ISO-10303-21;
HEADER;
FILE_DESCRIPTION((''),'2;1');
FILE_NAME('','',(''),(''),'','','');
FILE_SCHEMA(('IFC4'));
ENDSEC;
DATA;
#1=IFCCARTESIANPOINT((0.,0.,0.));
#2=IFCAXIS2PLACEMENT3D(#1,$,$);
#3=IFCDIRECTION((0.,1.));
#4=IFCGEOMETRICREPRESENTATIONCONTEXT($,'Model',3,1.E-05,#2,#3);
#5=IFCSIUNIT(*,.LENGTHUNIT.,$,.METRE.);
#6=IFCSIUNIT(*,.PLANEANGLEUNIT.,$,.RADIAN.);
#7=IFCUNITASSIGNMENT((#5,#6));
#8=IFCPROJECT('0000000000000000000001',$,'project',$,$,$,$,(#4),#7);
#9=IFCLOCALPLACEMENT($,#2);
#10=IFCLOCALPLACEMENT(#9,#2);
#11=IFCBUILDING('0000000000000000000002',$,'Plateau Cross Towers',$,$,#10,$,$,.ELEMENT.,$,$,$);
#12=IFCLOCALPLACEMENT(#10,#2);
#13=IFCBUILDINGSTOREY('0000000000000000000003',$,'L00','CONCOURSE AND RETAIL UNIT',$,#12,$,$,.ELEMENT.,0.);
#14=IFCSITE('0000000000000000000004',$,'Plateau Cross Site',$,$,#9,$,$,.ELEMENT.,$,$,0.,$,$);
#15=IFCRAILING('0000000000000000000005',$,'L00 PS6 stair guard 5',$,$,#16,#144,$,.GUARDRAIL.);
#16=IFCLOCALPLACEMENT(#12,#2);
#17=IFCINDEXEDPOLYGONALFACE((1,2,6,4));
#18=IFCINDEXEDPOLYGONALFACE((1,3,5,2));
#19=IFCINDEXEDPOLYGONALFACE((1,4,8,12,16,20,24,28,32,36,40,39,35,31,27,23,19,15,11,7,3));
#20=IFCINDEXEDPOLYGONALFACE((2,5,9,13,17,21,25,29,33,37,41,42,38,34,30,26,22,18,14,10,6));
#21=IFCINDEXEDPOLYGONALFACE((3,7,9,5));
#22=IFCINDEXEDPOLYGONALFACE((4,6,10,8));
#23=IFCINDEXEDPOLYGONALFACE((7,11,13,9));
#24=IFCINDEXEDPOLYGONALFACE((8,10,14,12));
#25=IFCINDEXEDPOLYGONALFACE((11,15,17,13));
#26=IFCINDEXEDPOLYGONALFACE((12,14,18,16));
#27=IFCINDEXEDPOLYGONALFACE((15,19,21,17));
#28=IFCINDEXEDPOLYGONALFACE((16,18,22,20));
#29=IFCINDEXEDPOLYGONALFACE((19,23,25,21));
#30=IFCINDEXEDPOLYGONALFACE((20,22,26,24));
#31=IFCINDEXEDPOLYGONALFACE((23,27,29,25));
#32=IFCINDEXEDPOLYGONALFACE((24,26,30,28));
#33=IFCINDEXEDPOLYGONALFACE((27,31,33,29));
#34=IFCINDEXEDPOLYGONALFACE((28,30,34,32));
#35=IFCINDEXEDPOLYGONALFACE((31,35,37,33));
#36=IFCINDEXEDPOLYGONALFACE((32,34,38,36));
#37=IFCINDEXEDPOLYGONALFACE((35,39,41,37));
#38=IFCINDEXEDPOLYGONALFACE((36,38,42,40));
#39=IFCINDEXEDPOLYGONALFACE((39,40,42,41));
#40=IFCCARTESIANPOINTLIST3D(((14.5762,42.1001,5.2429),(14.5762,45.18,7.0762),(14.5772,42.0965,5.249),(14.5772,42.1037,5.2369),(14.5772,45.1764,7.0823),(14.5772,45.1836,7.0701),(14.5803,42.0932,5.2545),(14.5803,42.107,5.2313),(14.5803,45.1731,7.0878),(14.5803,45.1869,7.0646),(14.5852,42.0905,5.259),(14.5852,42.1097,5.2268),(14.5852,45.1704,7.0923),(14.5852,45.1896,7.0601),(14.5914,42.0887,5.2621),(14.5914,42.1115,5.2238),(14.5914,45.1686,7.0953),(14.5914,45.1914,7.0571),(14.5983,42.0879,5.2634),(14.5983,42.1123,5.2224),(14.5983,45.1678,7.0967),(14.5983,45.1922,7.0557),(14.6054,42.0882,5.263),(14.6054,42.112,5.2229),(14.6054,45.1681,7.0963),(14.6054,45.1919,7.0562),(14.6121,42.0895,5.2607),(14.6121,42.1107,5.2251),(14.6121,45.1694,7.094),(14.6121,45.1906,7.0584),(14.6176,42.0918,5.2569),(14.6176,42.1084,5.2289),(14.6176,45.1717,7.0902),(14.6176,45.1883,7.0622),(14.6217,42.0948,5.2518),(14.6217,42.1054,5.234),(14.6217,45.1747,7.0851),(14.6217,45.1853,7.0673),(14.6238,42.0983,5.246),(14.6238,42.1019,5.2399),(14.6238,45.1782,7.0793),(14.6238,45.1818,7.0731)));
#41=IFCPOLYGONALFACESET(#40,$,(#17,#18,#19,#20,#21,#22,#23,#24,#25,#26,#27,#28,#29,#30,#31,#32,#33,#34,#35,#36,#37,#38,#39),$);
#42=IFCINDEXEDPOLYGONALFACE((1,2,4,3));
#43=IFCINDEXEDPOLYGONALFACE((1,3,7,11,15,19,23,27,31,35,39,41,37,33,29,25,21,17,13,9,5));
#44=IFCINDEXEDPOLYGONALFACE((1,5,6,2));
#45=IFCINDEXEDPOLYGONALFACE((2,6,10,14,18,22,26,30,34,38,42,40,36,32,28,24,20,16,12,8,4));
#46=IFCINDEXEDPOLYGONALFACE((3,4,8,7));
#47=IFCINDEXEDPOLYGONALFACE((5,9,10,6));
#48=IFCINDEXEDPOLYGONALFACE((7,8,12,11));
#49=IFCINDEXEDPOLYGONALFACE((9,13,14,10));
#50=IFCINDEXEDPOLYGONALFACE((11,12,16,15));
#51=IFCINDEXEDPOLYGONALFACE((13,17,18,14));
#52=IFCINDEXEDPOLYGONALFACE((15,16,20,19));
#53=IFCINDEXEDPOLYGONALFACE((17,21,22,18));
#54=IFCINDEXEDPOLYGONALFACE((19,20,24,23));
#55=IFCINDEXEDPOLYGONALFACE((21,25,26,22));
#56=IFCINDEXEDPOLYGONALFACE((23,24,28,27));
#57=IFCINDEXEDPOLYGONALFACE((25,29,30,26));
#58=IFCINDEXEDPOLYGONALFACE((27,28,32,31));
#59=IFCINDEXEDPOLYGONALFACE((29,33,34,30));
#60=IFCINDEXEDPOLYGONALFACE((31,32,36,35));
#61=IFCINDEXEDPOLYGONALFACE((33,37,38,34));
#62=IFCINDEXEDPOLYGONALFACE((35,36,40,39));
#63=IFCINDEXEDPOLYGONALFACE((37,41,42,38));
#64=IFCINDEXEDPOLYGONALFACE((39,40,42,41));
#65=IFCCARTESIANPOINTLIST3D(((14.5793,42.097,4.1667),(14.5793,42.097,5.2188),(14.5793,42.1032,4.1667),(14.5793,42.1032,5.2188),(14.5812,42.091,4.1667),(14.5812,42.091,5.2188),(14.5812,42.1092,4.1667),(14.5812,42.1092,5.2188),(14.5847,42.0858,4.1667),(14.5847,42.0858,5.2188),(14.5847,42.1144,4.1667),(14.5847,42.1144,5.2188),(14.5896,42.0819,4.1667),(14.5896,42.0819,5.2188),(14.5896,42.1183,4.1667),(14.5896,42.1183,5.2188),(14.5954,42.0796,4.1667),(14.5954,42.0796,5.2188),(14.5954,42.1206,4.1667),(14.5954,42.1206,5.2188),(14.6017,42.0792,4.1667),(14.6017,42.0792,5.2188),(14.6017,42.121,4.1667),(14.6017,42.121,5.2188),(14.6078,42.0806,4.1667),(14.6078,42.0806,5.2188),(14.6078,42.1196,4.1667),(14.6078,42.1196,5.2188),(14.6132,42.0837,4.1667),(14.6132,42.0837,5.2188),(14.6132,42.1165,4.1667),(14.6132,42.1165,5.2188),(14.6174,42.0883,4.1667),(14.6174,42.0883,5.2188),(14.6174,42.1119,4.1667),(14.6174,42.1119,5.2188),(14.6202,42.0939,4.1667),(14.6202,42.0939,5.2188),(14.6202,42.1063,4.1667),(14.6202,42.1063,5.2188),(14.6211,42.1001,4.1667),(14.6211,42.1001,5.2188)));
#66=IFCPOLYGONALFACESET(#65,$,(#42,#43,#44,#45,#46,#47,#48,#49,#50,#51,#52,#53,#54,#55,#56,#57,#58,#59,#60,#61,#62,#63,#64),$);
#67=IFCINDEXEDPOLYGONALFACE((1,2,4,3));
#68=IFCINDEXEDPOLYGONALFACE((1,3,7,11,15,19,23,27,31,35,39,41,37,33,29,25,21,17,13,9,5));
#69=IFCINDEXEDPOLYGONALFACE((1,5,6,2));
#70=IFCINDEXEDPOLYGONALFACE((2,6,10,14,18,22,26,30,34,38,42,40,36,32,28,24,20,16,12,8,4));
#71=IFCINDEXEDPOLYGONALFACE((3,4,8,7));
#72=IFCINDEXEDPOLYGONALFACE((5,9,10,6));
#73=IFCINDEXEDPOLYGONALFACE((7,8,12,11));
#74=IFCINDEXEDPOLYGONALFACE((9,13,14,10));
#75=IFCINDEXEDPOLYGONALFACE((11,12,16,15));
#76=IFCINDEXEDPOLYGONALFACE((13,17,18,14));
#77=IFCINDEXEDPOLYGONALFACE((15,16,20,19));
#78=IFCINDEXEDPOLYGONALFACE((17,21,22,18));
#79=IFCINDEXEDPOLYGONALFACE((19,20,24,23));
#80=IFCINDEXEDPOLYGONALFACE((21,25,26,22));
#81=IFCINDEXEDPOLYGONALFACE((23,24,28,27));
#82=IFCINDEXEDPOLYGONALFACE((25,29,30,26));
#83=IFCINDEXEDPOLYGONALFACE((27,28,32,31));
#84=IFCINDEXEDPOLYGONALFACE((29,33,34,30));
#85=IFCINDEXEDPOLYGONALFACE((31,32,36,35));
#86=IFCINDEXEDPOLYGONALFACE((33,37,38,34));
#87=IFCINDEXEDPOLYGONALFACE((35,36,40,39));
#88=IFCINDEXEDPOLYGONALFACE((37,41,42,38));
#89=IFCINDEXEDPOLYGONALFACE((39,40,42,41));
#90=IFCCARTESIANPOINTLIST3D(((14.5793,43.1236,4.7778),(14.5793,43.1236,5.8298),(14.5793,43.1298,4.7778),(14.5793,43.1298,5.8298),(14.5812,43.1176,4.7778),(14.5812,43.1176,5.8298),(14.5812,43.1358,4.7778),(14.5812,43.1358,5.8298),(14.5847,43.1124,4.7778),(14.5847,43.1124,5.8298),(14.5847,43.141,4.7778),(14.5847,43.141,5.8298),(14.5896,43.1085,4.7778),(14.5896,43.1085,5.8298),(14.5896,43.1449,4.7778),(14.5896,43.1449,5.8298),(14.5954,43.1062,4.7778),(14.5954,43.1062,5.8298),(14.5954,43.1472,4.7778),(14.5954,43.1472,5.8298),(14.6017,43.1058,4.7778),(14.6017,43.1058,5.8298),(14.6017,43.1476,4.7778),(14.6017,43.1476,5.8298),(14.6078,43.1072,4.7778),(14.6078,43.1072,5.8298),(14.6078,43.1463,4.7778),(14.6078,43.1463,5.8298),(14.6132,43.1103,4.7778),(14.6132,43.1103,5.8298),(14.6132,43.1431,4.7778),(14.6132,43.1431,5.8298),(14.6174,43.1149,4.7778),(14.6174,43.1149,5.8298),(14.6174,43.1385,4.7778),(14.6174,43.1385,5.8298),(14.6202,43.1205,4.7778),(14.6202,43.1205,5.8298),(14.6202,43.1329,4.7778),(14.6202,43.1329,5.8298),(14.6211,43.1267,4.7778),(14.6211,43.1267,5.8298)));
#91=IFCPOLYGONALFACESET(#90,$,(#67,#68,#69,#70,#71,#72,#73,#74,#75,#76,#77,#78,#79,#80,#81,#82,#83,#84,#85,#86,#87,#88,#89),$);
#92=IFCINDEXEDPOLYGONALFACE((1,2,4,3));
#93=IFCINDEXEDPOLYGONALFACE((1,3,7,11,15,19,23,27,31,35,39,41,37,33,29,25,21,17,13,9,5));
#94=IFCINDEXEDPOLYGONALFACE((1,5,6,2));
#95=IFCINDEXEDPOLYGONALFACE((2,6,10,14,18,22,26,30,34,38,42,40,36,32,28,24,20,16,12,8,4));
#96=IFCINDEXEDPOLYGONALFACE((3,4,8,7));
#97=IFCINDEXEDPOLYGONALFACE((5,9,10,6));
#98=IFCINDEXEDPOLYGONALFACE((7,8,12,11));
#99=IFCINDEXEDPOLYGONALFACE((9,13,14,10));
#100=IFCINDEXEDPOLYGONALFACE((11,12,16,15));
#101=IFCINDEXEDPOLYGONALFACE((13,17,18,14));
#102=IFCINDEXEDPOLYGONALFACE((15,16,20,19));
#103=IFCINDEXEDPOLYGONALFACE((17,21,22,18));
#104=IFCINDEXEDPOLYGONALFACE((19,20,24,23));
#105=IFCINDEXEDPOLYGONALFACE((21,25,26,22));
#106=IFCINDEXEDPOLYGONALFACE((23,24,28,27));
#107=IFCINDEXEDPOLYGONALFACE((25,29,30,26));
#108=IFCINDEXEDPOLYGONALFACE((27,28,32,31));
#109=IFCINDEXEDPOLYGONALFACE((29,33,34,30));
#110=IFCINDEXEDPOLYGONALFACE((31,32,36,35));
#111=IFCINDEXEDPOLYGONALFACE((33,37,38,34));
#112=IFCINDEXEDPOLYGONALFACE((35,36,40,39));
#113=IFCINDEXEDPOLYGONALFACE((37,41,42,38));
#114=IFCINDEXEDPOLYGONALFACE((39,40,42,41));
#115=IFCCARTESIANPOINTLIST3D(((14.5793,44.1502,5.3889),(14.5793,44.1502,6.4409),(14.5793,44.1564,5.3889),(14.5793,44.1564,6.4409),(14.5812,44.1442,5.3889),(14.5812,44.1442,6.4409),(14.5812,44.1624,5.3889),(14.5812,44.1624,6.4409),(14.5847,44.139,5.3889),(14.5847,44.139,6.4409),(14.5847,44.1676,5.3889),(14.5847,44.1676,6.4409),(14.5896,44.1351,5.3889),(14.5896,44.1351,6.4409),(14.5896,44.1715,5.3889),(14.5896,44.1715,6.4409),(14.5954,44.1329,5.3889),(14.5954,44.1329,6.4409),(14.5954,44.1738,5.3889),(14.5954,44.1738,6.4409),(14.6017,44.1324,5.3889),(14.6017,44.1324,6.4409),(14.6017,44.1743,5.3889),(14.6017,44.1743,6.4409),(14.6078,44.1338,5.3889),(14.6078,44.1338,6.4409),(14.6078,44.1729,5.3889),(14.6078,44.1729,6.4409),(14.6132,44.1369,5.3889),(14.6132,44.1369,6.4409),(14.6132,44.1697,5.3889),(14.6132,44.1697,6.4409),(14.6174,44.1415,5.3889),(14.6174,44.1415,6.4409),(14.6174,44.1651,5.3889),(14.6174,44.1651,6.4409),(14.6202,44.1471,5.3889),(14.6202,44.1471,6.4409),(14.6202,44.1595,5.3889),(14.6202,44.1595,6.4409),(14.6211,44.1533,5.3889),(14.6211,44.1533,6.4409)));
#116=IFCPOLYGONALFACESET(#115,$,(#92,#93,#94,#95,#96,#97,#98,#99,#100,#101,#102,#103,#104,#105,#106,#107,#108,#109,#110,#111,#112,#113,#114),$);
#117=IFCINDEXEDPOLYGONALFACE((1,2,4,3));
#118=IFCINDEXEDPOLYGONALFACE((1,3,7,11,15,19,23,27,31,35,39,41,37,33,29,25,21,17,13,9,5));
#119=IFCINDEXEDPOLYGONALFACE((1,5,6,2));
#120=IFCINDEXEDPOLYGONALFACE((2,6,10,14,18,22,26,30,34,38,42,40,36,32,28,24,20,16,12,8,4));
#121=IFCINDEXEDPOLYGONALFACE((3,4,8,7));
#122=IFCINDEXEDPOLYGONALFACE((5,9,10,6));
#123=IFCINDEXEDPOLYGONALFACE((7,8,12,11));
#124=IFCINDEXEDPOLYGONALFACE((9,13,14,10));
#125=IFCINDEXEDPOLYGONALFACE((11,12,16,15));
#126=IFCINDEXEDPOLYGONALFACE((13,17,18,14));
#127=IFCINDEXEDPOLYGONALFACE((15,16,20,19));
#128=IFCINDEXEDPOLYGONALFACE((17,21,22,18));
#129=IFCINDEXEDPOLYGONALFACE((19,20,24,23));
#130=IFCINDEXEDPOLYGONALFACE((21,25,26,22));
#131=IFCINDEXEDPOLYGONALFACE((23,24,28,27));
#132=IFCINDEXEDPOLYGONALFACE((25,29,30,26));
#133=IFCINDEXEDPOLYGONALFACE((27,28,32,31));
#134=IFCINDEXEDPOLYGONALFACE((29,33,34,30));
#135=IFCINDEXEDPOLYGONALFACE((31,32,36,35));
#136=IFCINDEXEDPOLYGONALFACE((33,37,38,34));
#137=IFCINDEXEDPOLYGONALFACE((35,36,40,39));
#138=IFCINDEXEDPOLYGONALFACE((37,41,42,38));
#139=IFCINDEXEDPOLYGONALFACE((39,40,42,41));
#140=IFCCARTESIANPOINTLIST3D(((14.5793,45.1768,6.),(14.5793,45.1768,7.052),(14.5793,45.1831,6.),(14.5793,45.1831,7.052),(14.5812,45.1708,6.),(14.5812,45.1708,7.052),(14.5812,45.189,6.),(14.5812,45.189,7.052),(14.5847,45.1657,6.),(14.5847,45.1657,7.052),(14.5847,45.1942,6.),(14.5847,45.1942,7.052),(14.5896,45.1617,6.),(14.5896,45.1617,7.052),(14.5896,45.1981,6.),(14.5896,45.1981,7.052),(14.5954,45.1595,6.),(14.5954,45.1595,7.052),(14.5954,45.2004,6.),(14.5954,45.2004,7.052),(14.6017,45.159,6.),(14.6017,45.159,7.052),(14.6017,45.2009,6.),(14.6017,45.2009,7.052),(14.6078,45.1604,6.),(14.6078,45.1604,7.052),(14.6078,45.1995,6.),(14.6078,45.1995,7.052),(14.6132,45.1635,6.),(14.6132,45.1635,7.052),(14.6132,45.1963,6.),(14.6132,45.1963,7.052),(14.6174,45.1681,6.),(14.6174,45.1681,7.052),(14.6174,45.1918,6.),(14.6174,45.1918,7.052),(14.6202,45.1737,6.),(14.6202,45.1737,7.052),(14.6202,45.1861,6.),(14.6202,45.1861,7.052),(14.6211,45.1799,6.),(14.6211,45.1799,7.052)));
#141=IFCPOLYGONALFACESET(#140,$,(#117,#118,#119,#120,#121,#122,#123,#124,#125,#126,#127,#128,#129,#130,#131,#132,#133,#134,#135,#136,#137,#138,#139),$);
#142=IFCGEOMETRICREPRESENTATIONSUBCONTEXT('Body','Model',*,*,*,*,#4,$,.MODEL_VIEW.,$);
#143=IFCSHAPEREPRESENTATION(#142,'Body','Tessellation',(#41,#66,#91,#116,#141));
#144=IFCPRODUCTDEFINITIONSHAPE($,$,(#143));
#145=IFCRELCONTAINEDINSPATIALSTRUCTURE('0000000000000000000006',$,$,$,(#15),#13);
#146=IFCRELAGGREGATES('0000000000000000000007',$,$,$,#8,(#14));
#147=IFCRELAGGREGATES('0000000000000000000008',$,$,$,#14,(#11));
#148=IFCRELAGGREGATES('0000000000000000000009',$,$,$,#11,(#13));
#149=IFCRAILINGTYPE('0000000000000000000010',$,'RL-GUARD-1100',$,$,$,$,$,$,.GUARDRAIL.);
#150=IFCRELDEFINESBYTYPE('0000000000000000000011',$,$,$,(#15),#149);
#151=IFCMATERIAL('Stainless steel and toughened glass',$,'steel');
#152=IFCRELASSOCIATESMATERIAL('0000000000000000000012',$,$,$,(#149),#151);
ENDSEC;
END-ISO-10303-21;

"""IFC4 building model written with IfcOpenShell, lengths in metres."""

from ifc_helpers import new_model, si_unit, direction, frame, origin, origin_2d, place, context, subcontext, project, spatial, circle, extrude, material, type_object, element, save


model = new_model("IFC4")

# Units and contexts
model_context = context("Model", 3, precision=1e-05, world=origin(), true_north=direction((0.0, 1.0)))
body_context = subcontext(model_context, "Body", "Model", "MODEL_VIEW")
ifc_project = project(units=[si_unit("LENGTHUNIT", "METRE"), si_unit("PLANEANGLEUNIT", "RADIAN")], contexts=[model_context])

# Site, building, storey
site_placement = place(None, origin())
site = spatial("IfcSite", under=ifc_project, at=site_placement, Name="Plateau Cross Site", CompositionType="ELEMENT", RefElevation=0.0)
building_placement = place(site_placement, origin())
building = spatial("IfcBuilding", under=site, at=building_placement, Name="Plateau Cross Towers", CompositionType="ELEMENT")
storey_placement = place(building_placement, origin())
storey = spatial("IfcBuildingStorey", under=building, at=storey_placement, Name="L00", Description="CONCOURSE AND RETAIL UNIT", CompositionType="ELEMENT", Elevation=0.0)

# Railing
ifc_material_1 = material(Name="Stainless steel and toughened glass", Category="steel")
railing_type_1 = type_object("IfcRailingType", Name="RL-GUARD-1100", PredefinedType="GUARDRAIL", material=ifc_material_1)
railing_1_placement = place(storey_placement, frame((14.6001, 42.1001, 4.1667)))
element("IfcRailing", 1, at=railing_1_placement, inside=storey, type_object=railing_type_1, Name="L00 PS6 stair guard 5", PredefinedType="GUARDRAIL", context=body_context, shape_type="SweptSolid", body=[
    extrude(circle(Radius=0.0239, at=origin_2d()), frame((0.0, 0.0, 1.0762), z_axis=(0.0, 0.859291, 0.511487), x_axis=(-1.0, 0.0, 0.0)), (0.0, 0.0, 1.0), 3.5842),
    extrude(circle(Radius=0.021, at=origin_2d()), origin(), (0.0, 0.0, 1.0), 1.052),
    extrude(circle(Radius=0.021, at=origin_2d()), frame((0.0, 1.0266, 0.6111)), (0.0, 0.0, 1.0), 1.052),
    extrude(circle(Radius=0.021, at=origin_2d()), frame((0.0, 2.0532, 1.2222)), (0.0, 0.0, 1.0), 1.052),
    extrude(circle(Radius=0.021, at=origin_2d()), frame((0.0, 3.0798, 1.8333)), (0.0, 0.0, 1.0), 1.052),
])

save(model, "model.ifc")
